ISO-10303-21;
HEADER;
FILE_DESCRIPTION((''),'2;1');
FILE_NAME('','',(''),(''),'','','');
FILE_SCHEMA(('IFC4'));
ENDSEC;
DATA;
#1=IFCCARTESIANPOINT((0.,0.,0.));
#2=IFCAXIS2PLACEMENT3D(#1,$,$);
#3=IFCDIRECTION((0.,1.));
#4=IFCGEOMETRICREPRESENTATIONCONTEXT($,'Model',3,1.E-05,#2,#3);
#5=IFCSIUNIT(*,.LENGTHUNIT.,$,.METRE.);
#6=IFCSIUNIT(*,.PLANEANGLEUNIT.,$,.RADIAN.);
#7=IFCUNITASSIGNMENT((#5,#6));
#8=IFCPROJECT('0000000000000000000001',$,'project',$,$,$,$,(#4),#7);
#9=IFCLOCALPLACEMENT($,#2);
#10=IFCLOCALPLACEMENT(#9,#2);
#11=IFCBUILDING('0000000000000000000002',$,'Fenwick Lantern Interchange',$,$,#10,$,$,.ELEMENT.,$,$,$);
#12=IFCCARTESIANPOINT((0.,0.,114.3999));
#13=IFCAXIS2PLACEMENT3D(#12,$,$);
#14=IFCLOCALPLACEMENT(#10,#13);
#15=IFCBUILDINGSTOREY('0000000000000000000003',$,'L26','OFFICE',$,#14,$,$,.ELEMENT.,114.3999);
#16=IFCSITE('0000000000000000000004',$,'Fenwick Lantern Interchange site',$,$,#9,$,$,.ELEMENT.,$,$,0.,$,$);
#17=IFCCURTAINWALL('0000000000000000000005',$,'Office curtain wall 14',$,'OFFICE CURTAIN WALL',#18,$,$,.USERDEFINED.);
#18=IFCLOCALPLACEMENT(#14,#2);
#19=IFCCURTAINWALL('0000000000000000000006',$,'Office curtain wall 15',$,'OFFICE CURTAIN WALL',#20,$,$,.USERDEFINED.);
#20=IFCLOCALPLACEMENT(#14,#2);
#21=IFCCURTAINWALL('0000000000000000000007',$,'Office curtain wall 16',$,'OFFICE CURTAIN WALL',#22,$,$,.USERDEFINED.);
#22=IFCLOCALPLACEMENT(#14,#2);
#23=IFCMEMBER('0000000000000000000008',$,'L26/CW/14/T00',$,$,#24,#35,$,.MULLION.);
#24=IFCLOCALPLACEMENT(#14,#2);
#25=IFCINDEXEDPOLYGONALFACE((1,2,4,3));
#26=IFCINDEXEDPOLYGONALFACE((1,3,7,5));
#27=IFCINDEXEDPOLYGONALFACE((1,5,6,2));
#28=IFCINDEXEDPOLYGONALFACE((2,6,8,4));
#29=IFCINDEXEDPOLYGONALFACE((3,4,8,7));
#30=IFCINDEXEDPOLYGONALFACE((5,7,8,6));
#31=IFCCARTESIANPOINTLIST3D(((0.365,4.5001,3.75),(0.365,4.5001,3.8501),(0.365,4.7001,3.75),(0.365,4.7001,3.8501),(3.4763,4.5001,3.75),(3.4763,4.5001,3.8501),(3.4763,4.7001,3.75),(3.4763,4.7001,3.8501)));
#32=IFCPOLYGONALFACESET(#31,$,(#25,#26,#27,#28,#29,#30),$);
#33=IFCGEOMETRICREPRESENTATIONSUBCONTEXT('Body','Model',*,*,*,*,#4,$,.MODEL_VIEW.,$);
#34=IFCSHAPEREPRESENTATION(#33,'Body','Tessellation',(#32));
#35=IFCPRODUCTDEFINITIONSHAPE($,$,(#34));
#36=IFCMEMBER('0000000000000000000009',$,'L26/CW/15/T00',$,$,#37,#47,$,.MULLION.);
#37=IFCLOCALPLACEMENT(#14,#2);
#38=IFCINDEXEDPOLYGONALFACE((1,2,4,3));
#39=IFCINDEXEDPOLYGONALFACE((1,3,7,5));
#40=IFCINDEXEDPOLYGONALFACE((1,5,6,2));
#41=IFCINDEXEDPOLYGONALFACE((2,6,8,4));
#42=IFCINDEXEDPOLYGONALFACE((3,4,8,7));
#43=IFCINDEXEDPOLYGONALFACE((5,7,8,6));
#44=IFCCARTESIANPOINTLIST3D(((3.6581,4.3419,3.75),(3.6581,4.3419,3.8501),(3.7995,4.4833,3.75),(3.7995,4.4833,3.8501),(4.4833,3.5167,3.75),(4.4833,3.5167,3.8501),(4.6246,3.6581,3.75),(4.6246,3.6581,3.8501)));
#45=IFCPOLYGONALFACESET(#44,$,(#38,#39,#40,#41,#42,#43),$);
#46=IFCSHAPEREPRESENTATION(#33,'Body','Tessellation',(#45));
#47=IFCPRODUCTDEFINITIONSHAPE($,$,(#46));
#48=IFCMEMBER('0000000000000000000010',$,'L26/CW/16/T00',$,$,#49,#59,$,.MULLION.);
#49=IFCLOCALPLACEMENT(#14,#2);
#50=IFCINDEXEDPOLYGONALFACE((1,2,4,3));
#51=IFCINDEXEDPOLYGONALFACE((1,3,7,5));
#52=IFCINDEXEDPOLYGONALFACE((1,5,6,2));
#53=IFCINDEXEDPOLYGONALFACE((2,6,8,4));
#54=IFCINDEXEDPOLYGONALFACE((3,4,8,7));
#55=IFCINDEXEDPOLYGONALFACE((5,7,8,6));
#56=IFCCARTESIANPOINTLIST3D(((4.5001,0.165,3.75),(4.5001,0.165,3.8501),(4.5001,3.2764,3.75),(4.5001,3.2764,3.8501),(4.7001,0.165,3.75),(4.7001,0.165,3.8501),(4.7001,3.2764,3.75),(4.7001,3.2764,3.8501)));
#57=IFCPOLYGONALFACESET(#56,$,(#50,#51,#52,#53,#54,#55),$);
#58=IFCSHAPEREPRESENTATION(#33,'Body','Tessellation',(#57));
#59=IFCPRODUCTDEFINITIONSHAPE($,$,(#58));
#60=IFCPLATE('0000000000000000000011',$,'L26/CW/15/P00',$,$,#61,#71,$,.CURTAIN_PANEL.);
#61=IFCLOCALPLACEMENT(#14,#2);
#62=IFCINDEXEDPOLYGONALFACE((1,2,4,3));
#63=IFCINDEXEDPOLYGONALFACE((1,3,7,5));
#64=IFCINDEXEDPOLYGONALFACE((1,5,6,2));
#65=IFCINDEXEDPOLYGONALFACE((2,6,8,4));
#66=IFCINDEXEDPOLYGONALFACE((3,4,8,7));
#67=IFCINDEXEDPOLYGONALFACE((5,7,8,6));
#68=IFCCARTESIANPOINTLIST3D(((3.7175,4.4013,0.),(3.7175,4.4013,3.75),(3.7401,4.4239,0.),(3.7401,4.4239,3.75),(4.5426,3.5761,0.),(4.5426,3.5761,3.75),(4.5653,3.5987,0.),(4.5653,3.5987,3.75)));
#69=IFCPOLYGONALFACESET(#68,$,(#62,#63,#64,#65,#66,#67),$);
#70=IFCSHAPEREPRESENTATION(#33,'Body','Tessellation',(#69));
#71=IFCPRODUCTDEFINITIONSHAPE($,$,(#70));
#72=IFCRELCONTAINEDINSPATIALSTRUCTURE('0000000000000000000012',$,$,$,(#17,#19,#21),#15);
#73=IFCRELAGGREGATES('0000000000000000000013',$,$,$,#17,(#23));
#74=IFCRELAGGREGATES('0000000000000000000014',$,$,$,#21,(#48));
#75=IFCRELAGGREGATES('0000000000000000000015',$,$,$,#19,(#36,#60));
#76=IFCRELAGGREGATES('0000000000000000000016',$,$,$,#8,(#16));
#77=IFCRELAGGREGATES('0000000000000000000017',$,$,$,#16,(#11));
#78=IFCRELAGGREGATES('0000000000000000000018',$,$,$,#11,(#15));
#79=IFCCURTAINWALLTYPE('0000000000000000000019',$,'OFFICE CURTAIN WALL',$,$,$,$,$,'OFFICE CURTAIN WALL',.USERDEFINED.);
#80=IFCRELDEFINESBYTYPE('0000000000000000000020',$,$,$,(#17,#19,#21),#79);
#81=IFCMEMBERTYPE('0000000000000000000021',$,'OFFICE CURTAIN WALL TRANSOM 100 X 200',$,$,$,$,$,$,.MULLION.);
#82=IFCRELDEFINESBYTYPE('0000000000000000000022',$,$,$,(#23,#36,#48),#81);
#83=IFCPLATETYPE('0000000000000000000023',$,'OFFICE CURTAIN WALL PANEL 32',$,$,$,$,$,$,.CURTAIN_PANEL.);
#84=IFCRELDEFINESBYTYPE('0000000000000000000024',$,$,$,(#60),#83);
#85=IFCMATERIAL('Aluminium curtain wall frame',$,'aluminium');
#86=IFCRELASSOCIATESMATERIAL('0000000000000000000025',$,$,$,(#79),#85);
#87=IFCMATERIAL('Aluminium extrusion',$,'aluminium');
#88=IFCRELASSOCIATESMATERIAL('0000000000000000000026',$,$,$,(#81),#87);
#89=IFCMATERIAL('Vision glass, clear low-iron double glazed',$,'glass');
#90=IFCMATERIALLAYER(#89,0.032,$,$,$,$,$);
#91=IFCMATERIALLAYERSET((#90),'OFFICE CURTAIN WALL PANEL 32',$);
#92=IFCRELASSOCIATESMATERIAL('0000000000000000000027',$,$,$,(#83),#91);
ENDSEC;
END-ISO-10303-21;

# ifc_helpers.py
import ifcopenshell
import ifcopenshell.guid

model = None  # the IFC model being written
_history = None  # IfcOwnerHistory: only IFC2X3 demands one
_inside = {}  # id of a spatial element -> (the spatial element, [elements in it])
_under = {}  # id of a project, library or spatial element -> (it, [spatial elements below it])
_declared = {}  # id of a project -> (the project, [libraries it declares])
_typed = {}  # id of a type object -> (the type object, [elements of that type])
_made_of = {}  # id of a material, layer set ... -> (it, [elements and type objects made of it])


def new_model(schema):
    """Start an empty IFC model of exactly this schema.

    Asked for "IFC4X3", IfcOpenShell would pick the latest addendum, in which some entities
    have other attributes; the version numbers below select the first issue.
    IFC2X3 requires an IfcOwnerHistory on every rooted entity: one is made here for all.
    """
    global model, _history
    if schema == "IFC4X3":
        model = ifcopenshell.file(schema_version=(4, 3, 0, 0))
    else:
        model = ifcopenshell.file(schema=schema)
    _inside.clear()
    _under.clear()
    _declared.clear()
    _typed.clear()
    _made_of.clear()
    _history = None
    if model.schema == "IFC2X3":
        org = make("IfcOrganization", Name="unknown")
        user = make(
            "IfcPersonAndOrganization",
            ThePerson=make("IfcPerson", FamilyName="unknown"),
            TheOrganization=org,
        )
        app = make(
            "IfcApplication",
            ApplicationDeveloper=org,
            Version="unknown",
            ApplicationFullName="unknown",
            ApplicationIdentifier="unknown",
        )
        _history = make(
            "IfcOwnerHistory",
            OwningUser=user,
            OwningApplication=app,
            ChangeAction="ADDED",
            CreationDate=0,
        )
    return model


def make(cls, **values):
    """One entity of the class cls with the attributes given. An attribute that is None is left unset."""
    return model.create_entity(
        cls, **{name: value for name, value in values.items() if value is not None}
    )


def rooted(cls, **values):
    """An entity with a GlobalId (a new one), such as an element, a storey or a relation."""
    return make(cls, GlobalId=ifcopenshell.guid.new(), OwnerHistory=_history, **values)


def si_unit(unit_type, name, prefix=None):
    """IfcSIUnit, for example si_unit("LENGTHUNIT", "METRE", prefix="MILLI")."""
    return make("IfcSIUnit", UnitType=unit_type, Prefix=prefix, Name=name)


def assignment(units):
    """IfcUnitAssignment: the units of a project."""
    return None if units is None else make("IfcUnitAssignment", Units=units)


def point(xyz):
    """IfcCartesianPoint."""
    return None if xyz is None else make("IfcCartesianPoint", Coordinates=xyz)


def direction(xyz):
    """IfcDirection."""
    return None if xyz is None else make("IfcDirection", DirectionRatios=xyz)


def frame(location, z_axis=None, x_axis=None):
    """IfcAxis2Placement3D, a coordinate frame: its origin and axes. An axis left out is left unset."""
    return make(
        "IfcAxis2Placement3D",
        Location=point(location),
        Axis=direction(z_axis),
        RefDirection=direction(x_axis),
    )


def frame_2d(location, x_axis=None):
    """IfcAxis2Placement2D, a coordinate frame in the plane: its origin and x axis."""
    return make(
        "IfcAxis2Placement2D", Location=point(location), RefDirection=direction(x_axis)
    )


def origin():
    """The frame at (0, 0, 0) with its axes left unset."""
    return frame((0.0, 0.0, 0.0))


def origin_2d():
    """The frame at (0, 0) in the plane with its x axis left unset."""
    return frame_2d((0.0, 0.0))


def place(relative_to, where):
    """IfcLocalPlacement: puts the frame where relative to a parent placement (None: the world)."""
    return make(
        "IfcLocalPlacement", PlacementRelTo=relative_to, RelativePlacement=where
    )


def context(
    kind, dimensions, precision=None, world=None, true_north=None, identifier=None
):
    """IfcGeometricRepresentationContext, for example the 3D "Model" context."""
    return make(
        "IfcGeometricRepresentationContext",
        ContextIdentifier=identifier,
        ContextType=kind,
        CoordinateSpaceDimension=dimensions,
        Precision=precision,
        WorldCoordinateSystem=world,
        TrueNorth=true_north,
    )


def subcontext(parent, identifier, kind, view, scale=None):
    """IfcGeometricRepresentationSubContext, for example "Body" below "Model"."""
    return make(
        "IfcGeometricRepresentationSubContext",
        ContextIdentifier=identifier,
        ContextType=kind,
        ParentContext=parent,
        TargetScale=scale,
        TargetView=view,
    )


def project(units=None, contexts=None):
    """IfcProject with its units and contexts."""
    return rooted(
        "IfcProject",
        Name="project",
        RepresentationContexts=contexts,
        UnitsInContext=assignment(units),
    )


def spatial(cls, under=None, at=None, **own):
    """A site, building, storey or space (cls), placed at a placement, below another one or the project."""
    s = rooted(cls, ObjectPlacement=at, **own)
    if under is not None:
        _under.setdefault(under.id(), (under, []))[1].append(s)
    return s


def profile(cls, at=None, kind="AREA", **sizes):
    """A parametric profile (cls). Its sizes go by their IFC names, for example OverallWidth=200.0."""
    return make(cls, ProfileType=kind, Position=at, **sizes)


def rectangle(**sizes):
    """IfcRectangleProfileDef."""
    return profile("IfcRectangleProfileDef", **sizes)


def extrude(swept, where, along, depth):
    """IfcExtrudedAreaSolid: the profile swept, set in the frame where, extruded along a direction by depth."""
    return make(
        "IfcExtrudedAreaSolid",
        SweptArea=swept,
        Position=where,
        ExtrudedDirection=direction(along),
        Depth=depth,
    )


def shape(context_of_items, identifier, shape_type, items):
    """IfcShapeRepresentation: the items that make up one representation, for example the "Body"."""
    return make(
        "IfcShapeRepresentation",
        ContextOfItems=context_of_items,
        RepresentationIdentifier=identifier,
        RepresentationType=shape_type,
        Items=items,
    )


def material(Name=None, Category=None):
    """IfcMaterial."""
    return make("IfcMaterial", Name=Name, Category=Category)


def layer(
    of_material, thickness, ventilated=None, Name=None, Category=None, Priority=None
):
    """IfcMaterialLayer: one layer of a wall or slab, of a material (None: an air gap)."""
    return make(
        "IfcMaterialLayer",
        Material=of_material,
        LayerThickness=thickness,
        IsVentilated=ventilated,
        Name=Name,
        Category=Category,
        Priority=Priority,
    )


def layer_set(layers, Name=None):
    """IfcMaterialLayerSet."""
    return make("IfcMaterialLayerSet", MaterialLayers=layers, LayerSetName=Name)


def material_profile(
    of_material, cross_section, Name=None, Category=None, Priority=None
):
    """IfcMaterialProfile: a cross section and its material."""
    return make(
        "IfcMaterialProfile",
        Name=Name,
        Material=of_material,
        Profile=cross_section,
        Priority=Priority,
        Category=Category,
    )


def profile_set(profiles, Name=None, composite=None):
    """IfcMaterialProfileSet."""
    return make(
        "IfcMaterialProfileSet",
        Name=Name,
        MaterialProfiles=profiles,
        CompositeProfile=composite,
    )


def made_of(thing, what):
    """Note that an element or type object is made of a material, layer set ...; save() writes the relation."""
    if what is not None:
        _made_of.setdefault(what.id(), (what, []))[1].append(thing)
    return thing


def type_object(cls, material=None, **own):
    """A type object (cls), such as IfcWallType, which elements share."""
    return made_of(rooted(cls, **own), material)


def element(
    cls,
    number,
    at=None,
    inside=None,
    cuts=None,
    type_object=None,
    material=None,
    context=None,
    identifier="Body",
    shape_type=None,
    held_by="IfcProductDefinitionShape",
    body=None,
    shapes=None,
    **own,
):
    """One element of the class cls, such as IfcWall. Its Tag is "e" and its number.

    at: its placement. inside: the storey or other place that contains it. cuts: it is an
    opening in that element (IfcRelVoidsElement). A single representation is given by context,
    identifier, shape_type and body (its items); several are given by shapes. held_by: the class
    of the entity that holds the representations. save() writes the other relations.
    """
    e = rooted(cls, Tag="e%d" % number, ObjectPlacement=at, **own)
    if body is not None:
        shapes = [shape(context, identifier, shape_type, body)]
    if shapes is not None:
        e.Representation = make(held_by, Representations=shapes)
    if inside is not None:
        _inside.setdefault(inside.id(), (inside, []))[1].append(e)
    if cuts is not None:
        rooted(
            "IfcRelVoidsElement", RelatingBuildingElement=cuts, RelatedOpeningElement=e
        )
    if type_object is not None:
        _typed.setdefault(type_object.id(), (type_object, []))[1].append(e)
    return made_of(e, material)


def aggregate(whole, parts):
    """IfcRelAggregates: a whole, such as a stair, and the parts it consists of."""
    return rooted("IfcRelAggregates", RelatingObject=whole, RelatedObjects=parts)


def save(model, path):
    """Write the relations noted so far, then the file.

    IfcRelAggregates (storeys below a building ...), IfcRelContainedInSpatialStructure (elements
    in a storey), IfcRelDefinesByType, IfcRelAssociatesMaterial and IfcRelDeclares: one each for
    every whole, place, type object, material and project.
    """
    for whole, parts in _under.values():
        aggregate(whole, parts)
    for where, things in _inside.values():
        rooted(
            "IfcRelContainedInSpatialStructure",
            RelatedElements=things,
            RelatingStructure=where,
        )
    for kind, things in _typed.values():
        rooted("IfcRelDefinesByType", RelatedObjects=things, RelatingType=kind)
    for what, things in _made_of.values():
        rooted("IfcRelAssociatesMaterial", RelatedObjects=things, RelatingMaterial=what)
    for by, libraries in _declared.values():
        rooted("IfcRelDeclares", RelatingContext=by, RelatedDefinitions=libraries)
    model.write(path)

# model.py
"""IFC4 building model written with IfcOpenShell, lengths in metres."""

from ifc_helpers import new_model, si_unit, direction, frame, origin, origin_2d, place, context, subcontext, project, spatial, rectangle, extrude, material, layer, layer_set, material_profile, profile_set, type_object, element, aggregate, save


model = new_model("IFC4")

# Units and contexts
model_context = context("Model", 3, precision=1e-05, world=origin(), true_north=direction((0.0, 1.0)))
body_context = subcontext(model_context, "Body", "Model", "MODEL_VIEW")
ifc_project = project(units=[si_unit("LENGTHUNIT", "METRE"), si_unit("PLANEANGLEUNIT", "RADIAN")], contexts=[model_context])

# Site, building, storey
site_placement = place(None, origin())
site = spatial("IfcSite", under=ifc_project, at=site_placement, Name="Fenwick Lantern Interchange site", CompositionType="ELEMENT", RefElevation=0.0)
building_placement = place(site_placement, origin())
building = spatial("IfcBuilding", under=site, at=building_placement, Name="Fenwick Lantern Interchange", CompositionType="ELEMENT")
storey_placement = place(building_placement, frame((0.0, 0.0, 114.3999)))
storey = spatial("IfcBuildingStorey", under=building, at=storey_placement, Name="L26", Description="OFFICE", CompositionType="ELEMENT", Elevation=114.3999)

# Shared definitions
ifc_material_1 = material(Name="Aluminium curtain wall frame", Category="aluminium")
curtain_wall_type = type_object("IfcCurtainWallType", Name="OFFICE CURTAIN WALL", ElementType="OFFICE CURTAIN WALL", PredefinedType="USERDEFINED", material=ifc_material_1)
ifc_material_2 = material(Name="Aluminium extrusion", Category="aluminium")

# Curtain walls
curtain_wall_1_placement = place(storey_placement, origin())
curtain_wall_1 = element("IfcCurtainWall", 1, at=curtain_wall_1_placement, inside=storey, type_object=curtain_wall_type, Name="Office curtain wall 14", ObjectType="OFFICE CURTAIN WALL", PredefinedType="USERDEFINED")
curtain_wall_2_placement = place(storey_placement, origin())
curtain_wall_2 = element("IfcCurtainWall", 2, at=curtain_wall_2_placement, inside=storey, type_object=curtain_wall_type, Name="Office curtain wall 15", ObjectType="OFFICE CURTAIN WALL", PredefinedType="USERDEFINED")

# Curtain wall
curtain_wall_3_placement = place(storey_placement, origin())
curtain_wall_3 = element("IfcCurtainWall", 3, at=curtain_wall_3_placement, inside=storey, type_object=curtain_wall_type, Name="Office curtain wall 16", ObjectType="OFFICE CURTAIN WALL", PredefinedType="USERDEFINED")

# Members
ifc_material_profile_1 = material_profile(ifc_material_2, rectangle(XDim=0.2, YDim=0.1001, at=origin_2d()), Name="OFFICE CURTAIN WALL TRANSOM 100 X 200")
ifc_profile_set_1 = profile_set([ifc_material_profile_1], Name="Aluminium extrusion")
member_type_1 = type_object("IfcMemberType", Name="OFFICE CURTAIN WALL TRANSOM 100 X 200", PredefinedType="MULLION", material=ifc_profile_set_1)
member_1_placement = place(storey_placement, frame((0.365, 4.6001, 3.8), z_axis=(1.0, 0.0, 0.0), x_axis=(0.0, 1.0, 0.0)))
member_1 = element("IfcMember", 4, at=member_1_placement, type_object=member_type_1, Name="L26/CW/14/T00", PredefinedType="MULLION", context=body_context, shape_type="SweptSolid", body=[
    extrude(rectangle(XDim=0.2, YDim=0.1001, at=origin_2d()), origin(), (0.0, 0.0, 1.0), 3.1113),
])
aggregate(curtain_wall_1, [member_1])
member_2_placement = place(storey_placement, frame((3.7288, 4.4126, 3.8), z_axis=(0.707107, -0.707107, 0.0), x_axis=(0.707107, 0.707107, 0.0)))
member_2 = element("IfcMember", 5, at=member_2_placement, type_object=member_type_1, Name="L26/CW/15/T00", PredefinedType="MULLION", context=body_context, shape_type="SweptSolid", body=[
    extrude(rectangle(XDim=0.2, YDim=0.1001, at=origin_2d()), origin(), (0.0, 0.0, 1.0), 1.167),
])
member_3_placement = place(storey_placement, frame((4.6001, 3.2764, 3.8), z_axis=(0.0, -1.0, 0.0), x_axis=(1.0, 0.0, 0.0)))
member_3 = element("IfcMember", 6, at=member_3_placement, type_object=member_type_1, Name="L26/CW/16/T00", PredefinedType="MULLION", context=body_context, shape_type="SweptSolid", body=[
    extrude(rectangle(XDim=0.2, YDim=0.1001, at=origin_2d()), origin(), (0.0, 0.0, 1.0), 3.1113),
])
aggregate(curtain_wall_3, [member_3])

# Shared definitions
ifc_material_3 = material(Name="Vision glass, clear low-iron double glazed", Category="glass")
ifc_layer_1 = layer(ifc_material_3, 0.032)
ifc_layer_set_1 = layer_set([ifc_layer_1], Name="OFFICE CURTAIN WALL PANEL 32")
plate_type = type_object("IfcPlateType", Name="OFFICE CURTAIN WALL PANEL 32", PredefinedType="CURTAIN_PANEL", material=ifc_layer_set_1)

# Plate
plate_1_placement = place(storey_placement, frame((4.1414, 4.0, 0.0), z_axis=(0.0, 0.0, 1.0), x_axis=(0.707107, -0.707107, 0.0)))
plate_1 = element("IfcPlate", 7, at=plate_1_placement, type_object=plate_type, Name="L26/CW/15/P00", PredefinedType="CURTAIN_PANEL", context=body_context, shape_type="SweptSolid", body=[
    extrude(rectangle(XDim=1.167, YDim=0.032, at=origin_2d()), origin(), (0.0, 0.0, 1.0), 3.75),
])
aggregate(curtain_wall_2, [member_2, plate_1])

save(model, "model.ifc")
